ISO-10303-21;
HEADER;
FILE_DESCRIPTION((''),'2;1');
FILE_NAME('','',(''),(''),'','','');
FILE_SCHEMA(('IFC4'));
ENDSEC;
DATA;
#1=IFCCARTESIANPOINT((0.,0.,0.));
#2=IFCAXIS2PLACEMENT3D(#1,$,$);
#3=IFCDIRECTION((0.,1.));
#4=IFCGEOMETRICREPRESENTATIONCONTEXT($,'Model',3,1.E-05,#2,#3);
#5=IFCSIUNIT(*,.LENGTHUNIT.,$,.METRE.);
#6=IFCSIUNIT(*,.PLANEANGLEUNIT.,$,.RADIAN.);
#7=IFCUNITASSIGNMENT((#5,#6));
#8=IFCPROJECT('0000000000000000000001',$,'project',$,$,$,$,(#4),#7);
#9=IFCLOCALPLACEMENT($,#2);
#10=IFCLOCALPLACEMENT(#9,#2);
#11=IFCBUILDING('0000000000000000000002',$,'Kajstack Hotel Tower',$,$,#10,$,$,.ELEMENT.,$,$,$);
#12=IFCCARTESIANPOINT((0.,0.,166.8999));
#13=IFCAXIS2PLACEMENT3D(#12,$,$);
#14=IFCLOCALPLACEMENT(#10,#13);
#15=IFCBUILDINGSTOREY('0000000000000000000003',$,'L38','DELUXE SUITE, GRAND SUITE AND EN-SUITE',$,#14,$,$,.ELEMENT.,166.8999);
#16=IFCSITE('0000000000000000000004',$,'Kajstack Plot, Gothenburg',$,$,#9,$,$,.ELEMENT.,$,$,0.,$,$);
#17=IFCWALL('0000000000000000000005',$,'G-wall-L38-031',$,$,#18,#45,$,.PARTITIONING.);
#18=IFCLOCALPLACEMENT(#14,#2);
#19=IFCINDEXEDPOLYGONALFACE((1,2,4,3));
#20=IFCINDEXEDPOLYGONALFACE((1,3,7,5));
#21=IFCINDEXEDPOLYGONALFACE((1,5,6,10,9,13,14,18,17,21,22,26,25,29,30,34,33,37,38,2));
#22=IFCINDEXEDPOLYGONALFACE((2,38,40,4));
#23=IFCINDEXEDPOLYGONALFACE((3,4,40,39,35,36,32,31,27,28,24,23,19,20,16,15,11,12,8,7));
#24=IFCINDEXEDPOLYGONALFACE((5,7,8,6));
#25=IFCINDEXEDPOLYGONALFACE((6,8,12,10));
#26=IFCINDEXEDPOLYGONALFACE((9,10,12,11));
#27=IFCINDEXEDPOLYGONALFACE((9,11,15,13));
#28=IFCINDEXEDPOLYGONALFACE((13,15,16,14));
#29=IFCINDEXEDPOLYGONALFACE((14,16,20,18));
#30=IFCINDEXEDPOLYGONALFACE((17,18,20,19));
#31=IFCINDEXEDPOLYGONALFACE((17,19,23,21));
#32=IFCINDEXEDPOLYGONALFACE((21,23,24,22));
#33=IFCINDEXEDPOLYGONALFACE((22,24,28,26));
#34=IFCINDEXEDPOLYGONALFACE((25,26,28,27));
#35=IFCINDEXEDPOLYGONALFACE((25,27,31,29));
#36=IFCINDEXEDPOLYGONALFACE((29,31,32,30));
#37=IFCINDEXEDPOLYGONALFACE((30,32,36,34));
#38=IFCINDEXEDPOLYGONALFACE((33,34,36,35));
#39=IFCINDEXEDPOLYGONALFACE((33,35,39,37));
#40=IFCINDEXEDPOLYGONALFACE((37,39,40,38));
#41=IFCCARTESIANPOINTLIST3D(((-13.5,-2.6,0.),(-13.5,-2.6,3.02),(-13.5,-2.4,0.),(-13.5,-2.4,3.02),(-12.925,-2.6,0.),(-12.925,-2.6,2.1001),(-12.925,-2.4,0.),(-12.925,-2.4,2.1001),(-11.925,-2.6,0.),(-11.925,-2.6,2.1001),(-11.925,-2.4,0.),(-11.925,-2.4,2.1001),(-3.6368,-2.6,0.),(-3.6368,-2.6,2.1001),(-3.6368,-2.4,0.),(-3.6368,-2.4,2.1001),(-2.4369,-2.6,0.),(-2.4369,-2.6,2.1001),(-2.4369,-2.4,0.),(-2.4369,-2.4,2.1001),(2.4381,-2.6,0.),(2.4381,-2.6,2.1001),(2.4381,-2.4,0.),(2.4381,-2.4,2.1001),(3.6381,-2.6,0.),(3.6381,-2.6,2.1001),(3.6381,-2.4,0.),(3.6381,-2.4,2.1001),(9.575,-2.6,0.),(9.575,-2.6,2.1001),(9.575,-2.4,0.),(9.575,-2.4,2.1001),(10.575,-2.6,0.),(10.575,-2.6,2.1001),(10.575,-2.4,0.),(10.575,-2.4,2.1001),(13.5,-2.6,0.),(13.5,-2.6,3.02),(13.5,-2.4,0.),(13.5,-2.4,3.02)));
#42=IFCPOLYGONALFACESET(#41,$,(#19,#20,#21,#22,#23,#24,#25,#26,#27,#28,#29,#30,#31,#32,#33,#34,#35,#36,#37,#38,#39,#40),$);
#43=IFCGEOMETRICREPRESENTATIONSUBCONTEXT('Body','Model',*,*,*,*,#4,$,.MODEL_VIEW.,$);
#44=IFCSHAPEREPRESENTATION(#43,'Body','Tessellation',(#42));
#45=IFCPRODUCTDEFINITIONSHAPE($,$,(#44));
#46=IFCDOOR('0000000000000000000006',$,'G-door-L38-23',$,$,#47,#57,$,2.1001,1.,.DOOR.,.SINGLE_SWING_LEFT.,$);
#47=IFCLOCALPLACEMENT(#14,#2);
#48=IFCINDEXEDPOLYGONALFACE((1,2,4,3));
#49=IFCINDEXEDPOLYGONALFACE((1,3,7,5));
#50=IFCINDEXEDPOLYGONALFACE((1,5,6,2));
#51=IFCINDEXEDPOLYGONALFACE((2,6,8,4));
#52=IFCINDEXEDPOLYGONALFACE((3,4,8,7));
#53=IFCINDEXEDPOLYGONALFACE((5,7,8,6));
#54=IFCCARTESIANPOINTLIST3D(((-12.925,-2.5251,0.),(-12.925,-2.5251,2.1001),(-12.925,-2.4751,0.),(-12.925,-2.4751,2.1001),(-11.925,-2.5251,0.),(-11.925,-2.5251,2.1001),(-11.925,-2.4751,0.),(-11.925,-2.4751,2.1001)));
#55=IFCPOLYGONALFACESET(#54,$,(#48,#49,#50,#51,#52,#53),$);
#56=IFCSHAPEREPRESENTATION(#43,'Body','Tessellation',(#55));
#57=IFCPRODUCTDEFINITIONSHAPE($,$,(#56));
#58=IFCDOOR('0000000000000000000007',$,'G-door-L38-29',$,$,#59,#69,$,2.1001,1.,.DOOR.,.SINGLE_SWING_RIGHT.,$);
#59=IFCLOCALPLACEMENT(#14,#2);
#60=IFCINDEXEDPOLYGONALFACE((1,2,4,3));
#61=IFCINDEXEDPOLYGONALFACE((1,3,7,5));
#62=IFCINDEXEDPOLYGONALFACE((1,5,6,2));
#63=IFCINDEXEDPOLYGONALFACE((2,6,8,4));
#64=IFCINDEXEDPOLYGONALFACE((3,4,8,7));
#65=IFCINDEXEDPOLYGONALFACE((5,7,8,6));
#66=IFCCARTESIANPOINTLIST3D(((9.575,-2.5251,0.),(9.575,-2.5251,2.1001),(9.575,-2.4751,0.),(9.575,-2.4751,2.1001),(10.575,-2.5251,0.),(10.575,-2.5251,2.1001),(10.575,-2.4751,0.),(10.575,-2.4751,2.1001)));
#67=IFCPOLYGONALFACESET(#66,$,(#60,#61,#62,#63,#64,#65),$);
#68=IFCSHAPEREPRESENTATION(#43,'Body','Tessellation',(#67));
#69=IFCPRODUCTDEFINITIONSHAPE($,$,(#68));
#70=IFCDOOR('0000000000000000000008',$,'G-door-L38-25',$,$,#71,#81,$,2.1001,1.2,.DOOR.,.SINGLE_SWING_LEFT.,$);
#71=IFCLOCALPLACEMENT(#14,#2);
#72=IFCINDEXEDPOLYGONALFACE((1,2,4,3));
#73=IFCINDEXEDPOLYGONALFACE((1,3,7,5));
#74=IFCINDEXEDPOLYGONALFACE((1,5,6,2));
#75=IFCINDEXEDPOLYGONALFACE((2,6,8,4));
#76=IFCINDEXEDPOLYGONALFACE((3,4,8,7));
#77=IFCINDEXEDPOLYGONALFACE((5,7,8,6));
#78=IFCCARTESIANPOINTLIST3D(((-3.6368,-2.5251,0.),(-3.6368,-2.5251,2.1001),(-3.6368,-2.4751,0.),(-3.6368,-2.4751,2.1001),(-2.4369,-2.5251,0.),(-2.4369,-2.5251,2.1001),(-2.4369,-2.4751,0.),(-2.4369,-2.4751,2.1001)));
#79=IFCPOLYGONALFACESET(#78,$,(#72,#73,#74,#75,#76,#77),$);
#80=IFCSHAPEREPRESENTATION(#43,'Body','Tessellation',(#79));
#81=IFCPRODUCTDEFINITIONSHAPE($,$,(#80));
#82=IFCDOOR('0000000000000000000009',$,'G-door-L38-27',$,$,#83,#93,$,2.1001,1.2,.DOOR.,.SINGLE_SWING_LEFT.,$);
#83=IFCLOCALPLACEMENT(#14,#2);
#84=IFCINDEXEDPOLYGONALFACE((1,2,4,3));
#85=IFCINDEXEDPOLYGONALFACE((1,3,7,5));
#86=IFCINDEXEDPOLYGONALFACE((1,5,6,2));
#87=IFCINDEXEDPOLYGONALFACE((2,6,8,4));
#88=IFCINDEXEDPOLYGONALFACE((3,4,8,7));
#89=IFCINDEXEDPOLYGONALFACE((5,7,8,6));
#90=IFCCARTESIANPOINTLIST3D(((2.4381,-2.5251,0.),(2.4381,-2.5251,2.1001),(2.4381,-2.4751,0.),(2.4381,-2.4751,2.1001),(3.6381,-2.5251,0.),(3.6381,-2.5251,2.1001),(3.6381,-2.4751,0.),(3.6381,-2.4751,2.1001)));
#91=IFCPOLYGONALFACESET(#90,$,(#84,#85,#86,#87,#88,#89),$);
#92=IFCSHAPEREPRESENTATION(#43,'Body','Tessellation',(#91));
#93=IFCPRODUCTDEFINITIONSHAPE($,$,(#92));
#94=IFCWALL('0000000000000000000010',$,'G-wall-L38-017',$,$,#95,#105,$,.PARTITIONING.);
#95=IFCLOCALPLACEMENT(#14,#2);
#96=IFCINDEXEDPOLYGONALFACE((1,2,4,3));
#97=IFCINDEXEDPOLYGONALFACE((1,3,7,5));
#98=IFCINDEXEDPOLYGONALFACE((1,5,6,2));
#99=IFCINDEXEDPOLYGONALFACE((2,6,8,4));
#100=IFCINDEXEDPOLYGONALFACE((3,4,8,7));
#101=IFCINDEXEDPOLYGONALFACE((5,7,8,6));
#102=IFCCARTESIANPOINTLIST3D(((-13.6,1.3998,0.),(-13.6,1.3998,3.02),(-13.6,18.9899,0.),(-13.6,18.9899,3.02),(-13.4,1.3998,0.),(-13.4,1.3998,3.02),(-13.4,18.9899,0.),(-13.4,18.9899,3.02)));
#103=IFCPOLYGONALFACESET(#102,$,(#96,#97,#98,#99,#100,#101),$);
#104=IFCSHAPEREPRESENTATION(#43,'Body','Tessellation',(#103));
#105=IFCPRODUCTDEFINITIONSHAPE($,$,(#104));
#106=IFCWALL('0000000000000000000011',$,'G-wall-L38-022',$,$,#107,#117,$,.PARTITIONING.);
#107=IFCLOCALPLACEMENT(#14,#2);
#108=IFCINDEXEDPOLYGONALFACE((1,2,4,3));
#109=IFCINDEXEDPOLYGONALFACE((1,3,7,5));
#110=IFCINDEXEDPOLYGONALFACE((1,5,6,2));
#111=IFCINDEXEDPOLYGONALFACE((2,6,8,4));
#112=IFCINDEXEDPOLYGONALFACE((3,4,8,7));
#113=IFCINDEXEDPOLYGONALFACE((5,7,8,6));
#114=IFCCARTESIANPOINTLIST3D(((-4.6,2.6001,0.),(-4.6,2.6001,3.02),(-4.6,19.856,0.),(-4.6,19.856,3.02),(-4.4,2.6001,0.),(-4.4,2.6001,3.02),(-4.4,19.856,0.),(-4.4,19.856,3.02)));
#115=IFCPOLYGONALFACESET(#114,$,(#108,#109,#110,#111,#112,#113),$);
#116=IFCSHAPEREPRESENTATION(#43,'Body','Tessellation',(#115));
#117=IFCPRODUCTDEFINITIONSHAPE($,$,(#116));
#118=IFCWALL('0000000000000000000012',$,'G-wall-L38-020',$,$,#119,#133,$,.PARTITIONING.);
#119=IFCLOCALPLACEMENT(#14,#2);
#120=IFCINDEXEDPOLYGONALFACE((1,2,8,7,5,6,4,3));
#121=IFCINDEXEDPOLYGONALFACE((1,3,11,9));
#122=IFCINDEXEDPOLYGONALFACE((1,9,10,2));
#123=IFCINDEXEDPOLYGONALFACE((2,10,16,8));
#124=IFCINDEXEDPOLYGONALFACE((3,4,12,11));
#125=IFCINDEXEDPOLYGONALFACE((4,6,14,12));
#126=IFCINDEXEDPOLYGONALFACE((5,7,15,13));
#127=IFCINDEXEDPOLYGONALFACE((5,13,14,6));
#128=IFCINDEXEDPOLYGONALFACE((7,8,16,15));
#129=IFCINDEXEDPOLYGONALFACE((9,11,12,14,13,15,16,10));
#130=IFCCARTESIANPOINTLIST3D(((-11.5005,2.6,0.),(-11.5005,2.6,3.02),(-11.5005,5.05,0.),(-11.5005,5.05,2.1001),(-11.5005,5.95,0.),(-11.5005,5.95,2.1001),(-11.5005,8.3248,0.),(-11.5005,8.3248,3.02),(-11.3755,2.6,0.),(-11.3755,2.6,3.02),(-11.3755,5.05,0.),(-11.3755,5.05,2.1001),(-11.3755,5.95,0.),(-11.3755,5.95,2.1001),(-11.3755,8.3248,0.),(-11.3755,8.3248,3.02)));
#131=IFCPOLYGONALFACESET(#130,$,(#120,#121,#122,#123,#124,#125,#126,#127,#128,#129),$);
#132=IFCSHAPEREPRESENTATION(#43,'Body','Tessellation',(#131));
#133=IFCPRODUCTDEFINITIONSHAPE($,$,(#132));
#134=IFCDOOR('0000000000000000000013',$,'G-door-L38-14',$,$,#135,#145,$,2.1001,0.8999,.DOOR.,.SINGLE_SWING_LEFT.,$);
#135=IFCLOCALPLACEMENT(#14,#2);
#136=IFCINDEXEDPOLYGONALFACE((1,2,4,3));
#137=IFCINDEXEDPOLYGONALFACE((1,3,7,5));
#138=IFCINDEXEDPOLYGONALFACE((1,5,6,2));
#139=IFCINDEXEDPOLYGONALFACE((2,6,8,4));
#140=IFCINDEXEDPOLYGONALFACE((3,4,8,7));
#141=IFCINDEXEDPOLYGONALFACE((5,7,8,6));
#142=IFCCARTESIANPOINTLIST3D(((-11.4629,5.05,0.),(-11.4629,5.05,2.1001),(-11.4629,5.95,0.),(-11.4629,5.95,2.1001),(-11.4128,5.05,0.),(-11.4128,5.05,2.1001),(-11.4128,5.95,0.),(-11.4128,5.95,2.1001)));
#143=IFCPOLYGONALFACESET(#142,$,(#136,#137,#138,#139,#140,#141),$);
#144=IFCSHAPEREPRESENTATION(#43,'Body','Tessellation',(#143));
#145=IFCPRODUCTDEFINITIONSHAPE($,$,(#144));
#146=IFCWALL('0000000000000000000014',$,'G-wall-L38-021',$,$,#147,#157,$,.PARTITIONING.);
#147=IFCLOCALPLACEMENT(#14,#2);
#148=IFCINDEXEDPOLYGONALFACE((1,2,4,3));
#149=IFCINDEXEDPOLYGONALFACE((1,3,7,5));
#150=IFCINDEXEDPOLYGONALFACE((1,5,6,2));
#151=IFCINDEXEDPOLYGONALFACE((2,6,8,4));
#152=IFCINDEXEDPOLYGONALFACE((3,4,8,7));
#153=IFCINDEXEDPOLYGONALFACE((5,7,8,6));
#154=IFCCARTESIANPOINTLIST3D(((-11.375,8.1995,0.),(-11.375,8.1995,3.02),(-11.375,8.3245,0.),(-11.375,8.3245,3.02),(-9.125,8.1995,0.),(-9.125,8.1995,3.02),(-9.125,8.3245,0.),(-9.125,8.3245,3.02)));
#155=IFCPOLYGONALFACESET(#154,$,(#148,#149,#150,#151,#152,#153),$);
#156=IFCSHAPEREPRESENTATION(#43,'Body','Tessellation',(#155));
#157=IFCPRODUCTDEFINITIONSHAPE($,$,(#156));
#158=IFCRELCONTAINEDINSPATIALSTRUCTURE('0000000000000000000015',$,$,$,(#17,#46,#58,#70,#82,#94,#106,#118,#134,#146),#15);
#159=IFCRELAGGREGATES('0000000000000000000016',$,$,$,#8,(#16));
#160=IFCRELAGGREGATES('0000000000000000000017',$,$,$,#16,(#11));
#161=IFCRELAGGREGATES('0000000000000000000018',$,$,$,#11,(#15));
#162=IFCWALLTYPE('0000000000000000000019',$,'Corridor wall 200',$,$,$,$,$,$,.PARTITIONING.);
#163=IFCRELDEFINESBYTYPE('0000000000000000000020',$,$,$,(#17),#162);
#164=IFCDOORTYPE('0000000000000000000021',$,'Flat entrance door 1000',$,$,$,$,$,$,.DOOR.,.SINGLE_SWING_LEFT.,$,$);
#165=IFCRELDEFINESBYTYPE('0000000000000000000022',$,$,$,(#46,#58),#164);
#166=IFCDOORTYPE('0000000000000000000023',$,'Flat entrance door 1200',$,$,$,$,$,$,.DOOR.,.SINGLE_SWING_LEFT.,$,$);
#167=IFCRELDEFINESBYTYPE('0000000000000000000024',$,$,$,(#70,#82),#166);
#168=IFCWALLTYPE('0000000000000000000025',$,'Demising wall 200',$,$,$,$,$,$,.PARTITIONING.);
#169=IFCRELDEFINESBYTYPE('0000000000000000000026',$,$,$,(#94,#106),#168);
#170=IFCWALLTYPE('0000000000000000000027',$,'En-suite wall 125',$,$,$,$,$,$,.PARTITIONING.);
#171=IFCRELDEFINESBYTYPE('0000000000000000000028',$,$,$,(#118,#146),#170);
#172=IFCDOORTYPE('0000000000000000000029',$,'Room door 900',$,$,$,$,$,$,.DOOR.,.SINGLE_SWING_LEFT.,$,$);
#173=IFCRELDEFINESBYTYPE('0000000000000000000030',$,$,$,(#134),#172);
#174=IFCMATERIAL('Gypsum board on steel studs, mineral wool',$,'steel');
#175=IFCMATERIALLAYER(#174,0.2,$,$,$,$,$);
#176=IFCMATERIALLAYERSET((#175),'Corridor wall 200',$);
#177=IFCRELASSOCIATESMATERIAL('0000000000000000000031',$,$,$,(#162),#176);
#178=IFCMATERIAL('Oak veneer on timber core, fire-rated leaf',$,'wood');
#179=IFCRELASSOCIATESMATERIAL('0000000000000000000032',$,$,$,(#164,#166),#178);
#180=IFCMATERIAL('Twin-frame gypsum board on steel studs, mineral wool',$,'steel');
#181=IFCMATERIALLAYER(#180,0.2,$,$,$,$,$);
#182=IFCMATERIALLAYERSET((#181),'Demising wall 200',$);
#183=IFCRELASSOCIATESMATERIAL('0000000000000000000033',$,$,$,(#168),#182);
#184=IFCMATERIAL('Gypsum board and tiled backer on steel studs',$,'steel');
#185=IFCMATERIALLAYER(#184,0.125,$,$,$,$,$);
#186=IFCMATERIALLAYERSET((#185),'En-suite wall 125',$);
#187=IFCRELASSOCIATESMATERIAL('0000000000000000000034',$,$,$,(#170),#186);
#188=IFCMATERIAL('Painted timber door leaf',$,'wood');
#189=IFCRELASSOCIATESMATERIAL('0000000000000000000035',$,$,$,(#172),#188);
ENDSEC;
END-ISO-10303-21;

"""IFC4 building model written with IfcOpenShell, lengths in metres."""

from ifc_helpers import new_model, si_unit, direction, frame, frame_2d, origin, place, context, subcontext, project, spatial, rectangle, extrude, material, layer, layer_set, type_object, element, fill, save


model = new_model("IFC4")

# Units and contexts
model_context = context("Model", 3, precision=1e-05, world=origin(), true_north=direction((0.0, 1.0)))
body_context = subcontext(model_context, "Body", "Model", "MODEL_VIEW")
ifc_project = project(units=[si_unit("LENGTHUNIT", "METRE"), si_unit("PLANEANGLEUNIT", "RADIAN")], contexts=[model_context])

# Site, building, storey
site_placement = place(None, origin())
site = spatial("IfcSite", under=ifc_project, at=site_placement, Name="Kajstack Plot, Gothenburg", CompositionType="ELEMENT", RefElevation=0.0)
building_placement = place(site_placement, origin())
building = spatial("IfcBuilding", under=site, at=building_placement, Name="Kajstack Hotel Tower", CompositionType="ELEMENT")
storey_placement = place(building_placement, frame((0.0, 0.0, 166.8999)))
storey = spatial("IfcBuildingStorey", under=building, at=storey_placement, Name="L38", Description="DELUXE SUITE, GRAND SUITE AND EN-SUITE", CompositionType="ELEMENT", Elevation=166.8999)

# Wall, openings, doors
ifc_material_1 = material(Name="Gypsum board on steel studs, mineral wool", Category="steel")
ifc_layer_1 = layer(ifc_material_1, 0.2)
ifc_layer_set_1 = layer_set([ifc_layer_1], Name="Corridor wall 200")
wall_type_1 = type_object("IfcWallType", Name="Corridor wall 200", PredefinedType="PARTITIONING", material=ifc_layer_set_1)
ifc_material_2 = material(Name="Oak veneer on timber core, fire-rated leaf", Category="wood")
door_type_1 = type_object("IfcDoorType", Name="Flat entrance door 1000", OperationType="SINGLE_SWING_LEFT", PredefinedType="DOOR", material=ifc_material_2)
door_type_2 = type_object("IfcDoorType", Name="Flat entrance door 1200", OperationType="SINGLE_SWING_LEFT", PredefinedType="DOOR", material=ifc_material_2)
wall_1_placement = place(storey_placement, frame((-13.5, -2.5, 0.0), z_axis=(0.0, 0.0, 1.0), x_axis=(1.0, 0.0, 0.0)))
wall_1 = element("IfcWall", 1, at=wall_1_placement, inside=storey, type_object=wall_type_1, Name="G-wall-L38-031", PredefinedType="PARTITIONING", context=body_context, shape_type="SweptSolid", body=[
    extrude(rectangle(XDim=27.0, YDim=0.2, at=frame_2d((13.5, 0.0))), origin(), (0.0, 0.0, 1.0), 3.02),
])
opening_1_placement = place(wall_1_placement, frame((0.575, 0.0, 0.0)))
opening_1 = element("IfcOpeningElement", 2, at=opening_1_placement, cuts=wall_1, PredefinedType="OPENING", context=body_context, shape_type="SweptSolid", body=[
    extrude(rectangle(XDim=1.0, YDim=2.1001, at=frame_2d((0.5, 1.05))), frame((0.0, 0.1099, 0.0), z_axis=(0.0, -1.0, 0.0), x_axis=(1.0, 0.0, 0.0)), (0.0, 0.0, 1.0), 0.22),
])
opening_2_placement = place(wall_1_placement, frame((9.863, 0.0, 0.0)))
opening_2 = element("IfcOpeningElement", 3, at=opening_2_placement, cuts=wall_1, PredefinedType="OPENING", context=body_context, shape_type="SweptSolid", body=[
    extrude(rectangle(XDim=1.2, YDim=2.1001, at=frame_2d((0.6001, 1.05))), frame((0.0, 0.1099, 0.0), z_axis=(0.0, -1.0, 0.0), x_axis=(1.0, 0.0, 0.0)), (0.0, 0.0, 1.0), 0.22),
])
opening_3_placement = place(wall_1_placement, frame((15.938, 0.0, 0.0)))
opening_3 = element("IfcOpeningElement", 4, at=opening_3_placement, cuts=wall_1, PredefinedType="OPENING", context=body_context, shape_type="SweptSolid", body=[
    extrude(rectangle(XDim=1.2, YDim=2.1001, at=frame_2d((0.6001, 1.05))), frame((0.0, 0.1099, 0.0), z_axis=(0.0, -1.0, 0.0), x_axis=(1.0, 0.0, 0.0)), (0.0, 0.0, 1.0), 0.22),
])
opening_4_placement = place(wall_1_placement, frame((23.075, 0.0, 0.0)))
opening_4 = element("IfcOpeningElement", 5, at=opening_4_placement, cuts=wall_1, PredefinedType="OPENING", context=body_context, shape_type="SweptSolid", body=[
    extrude(rectangle(XDim=1.0, YDim=2.1001, at=frame_2d((0.5, 1.05))), frame((0.0, 0.1099, 0.0), z_axis=(0.0, -1.0, 0.0), x_axis=(1.0, 0.0, 0.0)), (0.0, 0.0, 1.0), 0.22),
])
door_1_placement = place(opening_1_placement, origin())
door_1 = element("IfcDoor", 6, at=door_1_placement, inside=storey, type_object=door_type_1, Name="G-door-L38-23", OperationType="SINGLE_SWING_LEFT", OverallHeight=2.1001, OverallWidth=1.0, PredefinedType="DOOR", context=body_context, shape_type="SweptSolid", body=[
    extrude(rectangle(XDim=1.0, YDim=2.1001, at=frame_2d((0.5, 1.05))), frame((0.0, 0.0249, 0.0), z_axis=(0.0, -1.0, 0.0), x_axis=(1.0, 0.0, 0.0)), (0.0, 0.0, 1.0), 0.05),
])
fill(opening_1, door_1)
door_2_placement = place(opening_4_placement, origin())
door_2 = element("IfcDoor", 7, at=door_2_placement, inside=storey, type_object=door_type_1, Name="G-door-L38-29", OperationType="SINGLE_SWING_RIGHT", OverallHeight=2.1001, OverallWidth=1.0, PredefinedType="DOOR", context=body_context, shape_type="SweptSolid", body=[
    extrude(rectangle(XDim=1.0, YDim=2.1001, at=frame_2d((0.5, 1.05))), frame((0.0, 0.0249, 0.0), z_axis=(0.0, -1.0, 0.0), x_axis=(1.0, 0.0, 0.0)), (0.0, 0.0, 1.0), 0.05),
])
fill(opening_4, door_2)
door_3_placement = place(opening_2_placement, origin())
door_3 = element("IfcDoor", 8, at=door_3_placement, inside=storey, type_object=door_type_2, Name="G-door-L38-25", OperationType="SINGLE_SWING_LEFT", OverallHeight=2.1001, OverallWidth=1.2, PredefinedType="DOOR", context=body_context, shape_type="SweptSolid", body=[
    extrude(rectangle(XDim=1.2, YDim=2.1001, at=frame_2d((0.6001, 1.05))), frame((0.0, 0.0249, 0.0), z_axis=(0.0, -1.0, 0.0), x_axis=(1.0, 0.0, 0.0)), (0.0, 0.0, 1.0), 0.05),
])
fill(opening_2, door_3)
door_4_placement = place(opening_3_placement, origin())
door_4 = element("IfcDoor", 9, at=door_4_placement, inside=storey, type_object=door_type_2, Name="G-door-L38-27", OperationType="SINGLE_SWING_LEFT", OverallHeight=2.1001, OverallWidth=1.2, PredefinedType="DOOR", context=body_context, shape_type="SweptSolid", body=[
    extrude(rectangle(XDim=1.2, YDim=2.1001, at=frame_2d((0.6001, 1.05))), frame((0.0, 0.0249, 0.0), z_axis=(0.0, -1.0, 0.0), x_axis=(1.0, 0.0, 0.0)), (0.0, 0.0, 1.0), 0.05),
])
fill(opening_3, door_4)

# Walls
ifc_material_3 = material(Name="Twin-frame gypsum board on steel studs, mineral wool", Category="steel")
ifc_layer_2 = layer(ifc_material_3, 0.2)
ifc_layer_set_2 = layer_set([ifc_layer_2], Name="Demising wall 200")
wall_type_2 = type_object("IfcWallType", Name="Demising wall 200", PredefinedType="PARTITIONING", material=ifc_layer_set_2)
wall_2_placement = place(storey_placement, frame((-13.5, 1.3999, 0.0), z_axis=(0.0, 0.0, 1.0), x_axis=(0.0, 1.0, 0.0)))
element("IfcWall", 10, at=wall_2_placement, inside=storey, type_object=wall_type_2, Name="G-wall-L38-017", PredefinedType="PARTITIONING", context=body_context, shape_type="SweptSolid", body=[
    extrude(rectangle(XDim=17.5901, YDim=0.2, at=frame_2d((8.7949, 0.0))), origin(), (0.0, 0.0, 1.0), 3.02),
])
wall_3_placement = place(storey_placement, frame((-4.5, 2.6001, 0.0), z_axis=(0.0, 0.0, 1.0), x_axis=(0.0, 1.0, 0.0)))
element("IfcWall", 11, at=wall_3_placement, inside=storey, type_object=wall_type_2, Name="G-wall-L38-022", PredefinedType="PARTITIONING", context=body_context, shape_type="SweptSolid", body=[
    extrude(rectangle(XDim=17.2559, YDim=0.2, at=frame_2d((8.6279, 0.0))), origin(), (0.0, 0.0, 1.0), 3.02),
])

# Wall, opening, door
ifc_material_4 = material(Name="Gypsum board and tiled backer on steel studs", Category="steel")
ifc_layer_3 = layer(ifc_material_4, 0.125)
ifc_layer_set_3 = layer_set([ifc_layer_3], Name="En-suite wall 125")
wall_type_3 = type_object("IfcWallType", Name="En-suite wall 125", PredefinedType="PARTITIONING", material=ifc_layer_set_3)
wall_4_placement = place(storey_placement, frame((-11.438, 2.6001, 0.0), z_axis=(0.0, 0.0, 1.0), x_axis=(0.0, 1.0, 0.0)))
wall_4 = element("IfcWall", 12, at=wall_4_placement, inside=storey, type_object=wall_type_3, Name="G-wall-L38-020", PredefinedType="PARTITIONING", context=body_context, shape_type="SweptSolid", body=[
    extrude(rectangle(XDim=5.7249, YDim=0.125, at=frame_2d((2.8623, 0.0))), origin(), (0.0, 0.0, 1.0), 3.02),
])
opening_5_placement = place(wall_4_placement, frame((2.45, 0.0, 0.0)))
opening_5 = element("IfcOpeningElement", 13, at=opening_5_placement, cuts=wall_4, PredefinedType="OPENING", context=body_context, shape_type="SweptSolid", body=[
    extrude(rectangle(XDim=0.8999, YDim=2.1001, at=frame_2d((0.45, 1.05))), frame((0.0, 0.0725, 0.0), z_axis=(0.0, -1.0, 0.0), x_axis=(1.0, 0.0, 0.0)), (0.0, 0.0, 1.0), 0.145),
])
ifc_material_5 = material(Name="Painted timber door leaf", Category="wood")
door_type_3 = type_object("IfcDoorType", Name="Room door 900", OperationType="SINGLE_SWING_LEFT", PredefinedType="DOOR", material=ifc_material_5)
door_5_placement = place(opening_5_placement, origin())
door_5 = element("IfcDoor", 14, at=door_5_placement, inside=storey, type_object=door_type_3, Name="G-door-L38-14", OperationType="SINGLE_SWING_LEFT", OverallHeight=2.1001, OverallWidth=0.8999, PredefinedType="DOOR", context=body_context, shape_type="SweptSolid", body=[
    extrude(rectangle(XDim=0.8999, YDim=2.1001, at=frame_2d((0.45, 1.05))), frame((0.0, 0.0249, 0.0), z_axis=(0.0, -1.0, 0.0), x_axis=(1.0, 0.0, 0.0)), (0.0, 0.0, 1.0), 0.05),
])
fill(opening_5, door_5)

# Wall
wall_5_placement = place(storey_placement, frame((-11.375, 8.262, 0.0), z_axis=(0.0, 0.0, 1.0), x_axis=(1.0, 0.0, 0.0)))
element("IfcWall", 15, at=wall_5_placement, inside=storey, type_object=wall_type_3, Name="G-wall-L38-021", PredefinedType="PARTITIONING", context=body_context, shape_type="SweptSolid", body=[
    extrude(rectangle(XDim=2.25, YDim=0.125, at=frame_2d((1.125, 0.0))), origin(), (0.0, 0.0, 1.0), 3.02),
])

save(model, "model.ifc")
